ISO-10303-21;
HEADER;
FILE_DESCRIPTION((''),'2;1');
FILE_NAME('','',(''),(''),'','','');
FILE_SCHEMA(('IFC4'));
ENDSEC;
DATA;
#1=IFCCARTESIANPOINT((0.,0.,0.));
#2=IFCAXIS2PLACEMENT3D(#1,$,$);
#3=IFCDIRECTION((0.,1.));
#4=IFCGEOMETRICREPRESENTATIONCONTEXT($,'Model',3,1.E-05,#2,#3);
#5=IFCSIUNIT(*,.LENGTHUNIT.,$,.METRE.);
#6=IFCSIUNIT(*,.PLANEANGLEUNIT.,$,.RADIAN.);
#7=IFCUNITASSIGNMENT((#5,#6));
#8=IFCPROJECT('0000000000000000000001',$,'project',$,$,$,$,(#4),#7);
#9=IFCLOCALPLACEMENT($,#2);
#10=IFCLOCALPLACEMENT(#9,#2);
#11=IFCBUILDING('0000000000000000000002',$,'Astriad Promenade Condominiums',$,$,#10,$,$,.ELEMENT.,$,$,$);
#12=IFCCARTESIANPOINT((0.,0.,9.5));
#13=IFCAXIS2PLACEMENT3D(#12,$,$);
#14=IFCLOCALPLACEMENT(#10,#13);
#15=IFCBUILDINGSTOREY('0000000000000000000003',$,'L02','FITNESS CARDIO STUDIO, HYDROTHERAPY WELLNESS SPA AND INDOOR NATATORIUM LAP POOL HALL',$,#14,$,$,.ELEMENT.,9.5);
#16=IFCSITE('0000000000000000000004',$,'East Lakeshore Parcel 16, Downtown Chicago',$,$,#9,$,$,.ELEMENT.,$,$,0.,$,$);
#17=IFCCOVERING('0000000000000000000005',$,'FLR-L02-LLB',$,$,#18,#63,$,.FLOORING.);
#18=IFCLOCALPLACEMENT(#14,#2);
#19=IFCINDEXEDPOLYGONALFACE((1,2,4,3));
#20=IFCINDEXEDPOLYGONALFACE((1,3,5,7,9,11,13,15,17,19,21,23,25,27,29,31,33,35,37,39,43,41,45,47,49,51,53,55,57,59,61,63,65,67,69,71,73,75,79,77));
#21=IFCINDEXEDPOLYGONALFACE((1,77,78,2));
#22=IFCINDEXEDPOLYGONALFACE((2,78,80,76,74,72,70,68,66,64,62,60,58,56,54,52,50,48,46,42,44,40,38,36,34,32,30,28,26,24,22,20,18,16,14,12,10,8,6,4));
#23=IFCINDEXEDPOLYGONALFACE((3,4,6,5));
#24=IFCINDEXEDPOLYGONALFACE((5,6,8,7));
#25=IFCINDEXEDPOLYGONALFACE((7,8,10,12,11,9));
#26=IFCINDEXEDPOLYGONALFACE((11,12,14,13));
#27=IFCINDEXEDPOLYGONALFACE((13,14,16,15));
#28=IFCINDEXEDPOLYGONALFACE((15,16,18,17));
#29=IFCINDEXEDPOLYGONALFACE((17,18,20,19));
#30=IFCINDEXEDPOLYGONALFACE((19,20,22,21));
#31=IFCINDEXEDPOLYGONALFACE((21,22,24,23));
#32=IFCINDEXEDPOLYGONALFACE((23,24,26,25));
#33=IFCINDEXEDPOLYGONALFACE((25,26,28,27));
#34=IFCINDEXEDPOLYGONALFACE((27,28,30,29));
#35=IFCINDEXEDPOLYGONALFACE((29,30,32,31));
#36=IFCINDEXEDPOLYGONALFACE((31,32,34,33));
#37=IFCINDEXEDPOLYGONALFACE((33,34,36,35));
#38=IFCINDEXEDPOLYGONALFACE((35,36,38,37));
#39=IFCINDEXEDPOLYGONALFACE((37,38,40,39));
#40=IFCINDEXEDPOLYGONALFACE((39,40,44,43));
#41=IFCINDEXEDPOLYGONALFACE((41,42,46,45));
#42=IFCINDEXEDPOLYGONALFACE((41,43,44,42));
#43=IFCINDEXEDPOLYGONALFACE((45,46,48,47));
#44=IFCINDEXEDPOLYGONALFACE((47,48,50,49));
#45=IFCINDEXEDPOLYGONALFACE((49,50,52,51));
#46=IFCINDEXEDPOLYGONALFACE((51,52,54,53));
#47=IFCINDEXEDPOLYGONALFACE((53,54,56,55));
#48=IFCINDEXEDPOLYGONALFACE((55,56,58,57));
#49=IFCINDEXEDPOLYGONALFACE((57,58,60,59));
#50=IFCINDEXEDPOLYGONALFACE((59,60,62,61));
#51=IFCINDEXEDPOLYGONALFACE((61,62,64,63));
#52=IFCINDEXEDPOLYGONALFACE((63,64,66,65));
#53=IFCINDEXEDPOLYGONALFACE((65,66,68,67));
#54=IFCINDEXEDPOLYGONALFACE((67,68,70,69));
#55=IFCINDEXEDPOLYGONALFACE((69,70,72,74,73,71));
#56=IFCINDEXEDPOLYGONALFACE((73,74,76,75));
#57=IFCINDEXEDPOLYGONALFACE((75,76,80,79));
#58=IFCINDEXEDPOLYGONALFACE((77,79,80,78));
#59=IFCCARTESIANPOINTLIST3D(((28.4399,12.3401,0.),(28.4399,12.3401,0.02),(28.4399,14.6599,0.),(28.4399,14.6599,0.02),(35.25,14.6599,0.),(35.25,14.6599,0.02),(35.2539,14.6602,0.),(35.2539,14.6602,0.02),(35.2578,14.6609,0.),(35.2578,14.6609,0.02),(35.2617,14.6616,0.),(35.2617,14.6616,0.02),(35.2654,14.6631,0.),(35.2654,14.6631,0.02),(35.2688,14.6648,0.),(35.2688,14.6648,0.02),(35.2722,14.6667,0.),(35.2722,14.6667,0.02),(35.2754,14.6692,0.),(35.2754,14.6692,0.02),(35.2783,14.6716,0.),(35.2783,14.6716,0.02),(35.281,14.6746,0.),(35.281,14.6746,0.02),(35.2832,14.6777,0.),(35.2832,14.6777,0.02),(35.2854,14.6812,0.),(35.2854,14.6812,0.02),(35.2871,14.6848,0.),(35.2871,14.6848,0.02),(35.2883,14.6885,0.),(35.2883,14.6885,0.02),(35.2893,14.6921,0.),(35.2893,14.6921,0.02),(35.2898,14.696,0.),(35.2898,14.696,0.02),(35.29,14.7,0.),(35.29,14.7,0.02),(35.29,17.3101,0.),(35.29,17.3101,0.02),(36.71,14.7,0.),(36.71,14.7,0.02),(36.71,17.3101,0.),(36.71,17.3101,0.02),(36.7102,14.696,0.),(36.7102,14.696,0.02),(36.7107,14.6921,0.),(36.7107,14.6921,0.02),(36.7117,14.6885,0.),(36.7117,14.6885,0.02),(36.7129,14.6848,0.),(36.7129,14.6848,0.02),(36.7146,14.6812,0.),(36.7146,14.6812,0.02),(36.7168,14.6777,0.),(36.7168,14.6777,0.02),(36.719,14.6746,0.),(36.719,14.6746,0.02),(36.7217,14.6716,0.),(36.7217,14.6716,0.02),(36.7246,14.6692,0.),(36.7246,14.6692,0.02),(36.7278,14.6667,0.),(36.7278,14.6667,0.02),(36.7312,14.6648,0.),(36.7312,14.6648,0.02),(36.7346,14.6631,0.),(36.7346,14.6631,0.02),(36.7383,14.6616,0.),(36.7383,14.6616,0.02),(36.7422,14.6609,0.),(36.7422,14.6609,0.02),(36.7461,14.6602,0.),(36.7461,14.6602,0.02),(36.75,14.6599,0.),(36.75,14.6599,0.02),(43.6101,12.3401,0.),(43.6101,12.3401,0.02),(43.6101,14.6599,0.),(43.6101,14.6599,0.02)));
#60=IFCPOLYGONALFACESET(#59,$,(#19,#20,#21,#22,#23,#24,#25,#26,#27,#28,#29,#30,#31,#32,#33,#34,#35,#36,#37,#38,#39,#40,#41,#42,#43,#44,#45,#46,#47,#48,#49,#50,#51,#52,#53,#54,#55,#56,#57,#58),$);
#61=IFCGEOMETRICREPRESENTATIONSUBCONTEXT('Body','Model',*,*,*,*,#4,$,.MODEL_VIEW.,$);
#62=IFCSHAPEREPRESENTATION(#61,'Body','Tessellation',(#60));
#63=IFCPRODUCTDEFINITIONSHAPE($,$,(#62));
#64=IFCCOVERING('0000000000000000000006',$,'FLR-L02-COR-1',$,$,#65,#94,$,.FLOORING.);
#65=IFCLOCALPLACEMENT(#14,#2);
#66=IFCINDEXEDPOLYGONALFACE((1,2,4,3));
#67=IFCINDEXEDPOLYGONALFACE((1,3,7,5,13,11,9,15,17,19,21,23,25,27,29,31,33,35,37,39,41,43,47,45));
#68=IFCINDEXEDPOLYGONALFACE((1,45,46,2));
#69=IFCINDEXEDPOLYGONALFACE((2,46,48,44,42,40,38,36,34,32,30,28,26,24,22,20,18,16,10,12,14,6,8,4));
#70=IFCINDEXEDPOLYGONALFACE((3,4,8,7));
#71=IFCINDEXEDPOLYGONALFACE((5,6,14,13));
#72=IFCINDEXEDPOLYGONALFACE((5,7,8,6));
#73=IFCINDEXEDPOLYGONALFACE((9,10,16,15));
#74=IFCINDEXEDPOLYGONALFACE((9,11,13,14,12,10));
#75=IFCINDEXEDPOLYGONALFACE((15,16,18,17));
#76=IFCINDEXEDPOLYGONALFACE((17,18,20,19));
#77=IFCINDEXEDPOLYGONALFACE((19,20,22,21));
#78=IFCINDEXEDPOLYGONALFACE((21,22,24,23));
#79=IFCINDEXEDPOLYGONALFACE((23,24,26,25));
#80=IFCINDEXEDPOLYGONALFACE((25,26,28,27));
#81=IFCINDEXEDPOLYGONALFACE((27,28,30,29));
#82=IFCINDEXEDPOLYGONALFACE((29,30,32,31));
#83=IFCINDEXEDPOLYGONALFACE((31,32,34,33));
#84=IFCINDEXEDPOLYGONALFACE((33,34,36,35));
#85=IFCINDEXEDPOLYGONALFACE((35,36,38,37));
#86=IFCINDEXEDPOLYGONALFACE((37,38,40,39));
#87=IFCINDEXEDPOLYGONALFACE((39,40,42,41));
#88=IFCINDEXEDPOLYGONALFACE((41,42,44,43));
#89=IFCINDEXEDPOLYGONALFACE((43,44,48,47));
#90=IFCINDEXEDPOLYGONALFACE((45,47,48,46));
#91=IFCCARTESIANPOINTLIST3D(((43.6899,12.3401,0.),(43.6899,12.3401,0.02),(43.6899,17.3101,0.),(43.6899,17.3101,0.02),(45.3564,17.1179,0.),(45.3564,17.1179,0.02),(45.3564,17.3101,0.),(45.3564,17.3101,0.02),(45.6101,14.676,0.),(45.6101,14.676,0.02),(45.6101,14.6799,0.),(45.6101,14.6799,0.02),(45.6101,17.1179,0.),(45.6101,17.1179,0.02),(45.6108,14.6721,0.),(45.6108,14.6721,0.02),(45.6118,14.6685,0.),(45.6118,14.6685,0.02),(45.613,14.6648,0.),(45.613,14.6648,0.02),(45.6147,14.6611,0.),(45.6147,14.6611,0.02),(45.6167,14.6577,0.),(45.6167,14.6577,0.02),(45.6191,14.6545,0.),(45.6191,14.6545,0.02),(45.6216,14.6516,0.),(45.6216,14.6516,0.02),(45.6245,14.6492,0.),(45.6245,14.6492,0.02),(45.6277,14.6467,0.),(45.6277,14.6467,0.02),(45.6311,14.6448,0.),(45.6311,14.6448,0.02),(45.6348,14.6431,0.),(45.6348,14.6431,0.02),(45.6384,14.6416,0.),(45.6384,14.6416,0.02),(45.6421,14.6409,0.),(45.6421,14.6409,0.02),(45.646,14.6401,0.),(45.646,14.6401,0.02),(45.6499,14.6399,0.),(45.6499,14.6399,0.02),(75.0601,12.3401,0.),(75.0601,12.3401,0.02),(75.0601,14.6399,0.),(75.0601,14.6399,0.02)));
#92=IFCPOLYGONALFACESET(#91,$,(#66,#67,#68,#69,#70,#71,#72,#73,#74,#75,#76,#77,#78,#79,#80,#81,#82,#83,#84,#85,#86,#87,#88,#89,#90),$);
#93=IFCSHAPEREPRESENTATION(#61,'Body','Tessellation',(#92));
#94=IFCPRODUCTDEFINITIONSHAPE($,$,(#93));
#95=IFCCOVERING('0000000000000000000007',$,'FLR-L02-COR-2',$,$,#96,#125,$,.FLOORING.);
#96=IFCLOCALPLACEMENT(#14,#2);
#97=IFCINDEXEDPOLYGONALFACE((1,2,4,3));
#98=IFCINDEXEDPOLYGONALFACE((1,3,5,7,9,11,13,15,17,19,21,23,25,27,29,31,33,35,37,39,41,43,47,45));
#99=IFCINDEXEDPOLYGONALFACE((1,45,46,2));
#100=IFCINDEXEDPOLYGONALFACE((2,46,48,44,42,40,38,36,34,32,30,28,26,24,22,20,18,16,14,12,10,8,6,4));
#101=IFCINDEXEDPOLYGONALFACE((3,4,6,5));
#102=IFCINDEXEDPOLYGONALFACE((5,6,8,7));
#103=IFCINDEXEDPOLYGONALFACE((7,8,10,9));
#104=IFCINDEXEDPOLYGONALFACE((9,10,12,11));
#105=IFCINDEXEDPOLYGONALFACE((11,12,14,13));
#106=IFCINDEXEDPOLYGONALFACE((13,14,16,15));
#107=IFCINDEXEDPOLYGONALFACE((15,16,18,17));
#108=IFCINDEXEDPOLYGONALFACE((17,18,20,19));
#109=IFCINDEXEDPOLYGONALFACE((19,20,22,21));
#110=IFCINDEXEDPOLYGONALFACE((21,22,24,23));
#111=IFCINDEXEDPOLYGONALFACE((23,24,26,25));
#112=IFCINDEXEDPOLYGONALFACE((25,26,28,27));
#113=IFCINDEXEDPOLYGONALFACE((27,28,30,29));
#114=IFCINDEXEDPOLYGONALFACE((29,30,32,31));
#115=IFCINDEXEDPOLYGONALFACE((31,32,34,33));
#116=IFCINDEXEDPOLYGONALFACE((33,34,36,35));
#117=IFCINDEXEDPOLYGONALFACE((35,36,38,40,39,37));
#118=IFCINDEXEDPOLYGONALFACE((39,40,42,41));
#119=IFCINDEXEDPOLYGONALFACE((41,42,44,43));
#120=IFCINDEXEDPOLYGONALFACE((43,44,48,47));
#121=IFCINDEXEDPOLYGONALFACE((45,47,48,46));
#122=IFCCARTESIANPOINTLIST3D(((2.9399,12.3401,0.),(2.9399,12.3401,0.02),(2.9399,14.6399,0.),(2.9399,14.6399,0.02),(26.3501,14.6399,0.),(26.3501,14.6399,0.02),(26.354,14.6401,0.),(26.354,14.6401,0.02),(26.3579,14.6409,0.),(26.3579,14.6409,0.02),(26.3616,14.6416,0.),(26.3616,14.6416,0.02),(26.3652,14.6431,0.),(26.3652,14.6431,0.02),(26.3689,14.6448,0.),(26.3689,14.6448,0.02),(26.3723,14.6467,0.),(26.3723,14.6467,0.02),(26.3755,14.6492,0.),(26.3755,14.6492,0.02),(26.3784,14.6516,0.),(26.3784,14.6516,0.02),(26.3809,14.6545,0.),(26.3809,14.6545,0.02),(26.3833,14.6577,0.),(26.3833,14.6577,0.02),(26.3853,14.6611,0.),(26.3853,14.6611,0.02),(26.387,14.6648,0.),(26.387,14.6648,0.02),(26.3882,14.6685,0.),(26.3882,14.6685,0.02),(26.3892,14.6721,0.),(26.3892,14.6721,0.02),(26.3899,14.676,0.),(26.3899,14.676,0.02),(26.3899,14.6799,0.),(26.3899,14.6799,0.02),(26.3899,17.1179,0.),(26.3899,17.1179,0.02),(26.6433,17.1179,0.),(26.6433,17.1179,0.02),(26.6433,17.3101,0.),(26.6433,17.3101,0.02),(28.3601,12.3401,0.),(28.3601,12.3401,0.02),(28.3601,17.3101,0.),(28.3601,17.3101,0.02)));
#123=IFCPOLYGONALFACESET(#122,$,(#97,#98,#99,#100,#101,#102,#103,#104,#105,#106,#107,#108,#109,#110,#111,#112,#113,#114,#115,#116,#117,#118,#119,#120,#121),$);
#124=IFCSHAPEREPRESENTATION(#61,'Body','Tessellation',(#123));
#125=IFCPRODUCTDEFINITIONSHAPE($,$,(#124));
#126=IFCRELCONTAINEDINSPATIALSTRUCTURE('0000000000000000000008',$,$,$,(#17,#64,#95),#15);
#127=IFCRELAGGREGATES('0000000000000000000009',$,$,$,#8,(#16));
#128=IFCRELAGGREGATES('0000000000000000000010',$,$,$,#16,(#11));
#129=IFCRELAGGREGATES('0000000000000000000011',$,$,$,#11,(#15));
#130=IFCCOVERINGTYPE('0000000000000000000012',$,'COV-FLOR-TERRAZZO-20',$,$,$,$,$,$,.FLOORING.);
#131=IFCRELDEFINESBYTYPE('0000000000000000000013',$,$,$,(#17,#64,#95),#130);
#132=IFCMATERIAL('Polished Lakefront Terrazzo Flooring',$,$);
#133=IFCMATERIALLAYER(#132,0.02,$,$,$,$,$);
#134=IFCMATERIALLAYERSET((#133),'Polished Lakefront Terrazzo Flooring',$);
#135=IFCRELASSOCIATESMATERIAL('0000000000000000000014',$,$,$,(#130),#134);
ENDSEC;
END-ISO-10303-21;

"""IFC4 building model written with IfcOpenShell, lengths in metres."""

from ifc_helpers import new_model, si_unit, direction, frame, origin, place, context, subcontext, project, spatial, polyline, outline, extrude, material, layer, layer_set, type_object, element, save


model = new_model("IFC4")

# Units and contexts
model_context = context("Model", 3, precision=1e-05, world=origin(), true_north=direction((0.0, 1.0)))
body_context = subcontext(model_context, "Body", "Model", "MODEL_VIEW")
ifc_project = project(units=[si_unit("LENGTHUNIT", "METRE"), si_unit("PLANEANGLEUNIT", "RADIAN")], contexts=[model_context])

# Site, building, storey
site_placement = place(None, origin())
site = spatial("IfcSite", under=ifc_project, at=site_placement, Name="East Lakeshore Parcel 16, Downtown Chicago", CompositionType="ELEMENT", RefElevation=0.0)
building_placement = place(site_placement, origin())
building = spatial("IfcBuilding", under=site, at=building_placement, Name="Astriad Promenade Condominiums", CompositionType="ELEMENT")
storey_placement = place(building_placement, frame((0.0, 0.0, 9.5)))
storey = spatial("IfcBuildingStorey", under=building, at=storey_placement, Name="L02", Description="FITNESS CARDIO STUDIO, HYDROTHERAPY WELLNESS SPA AND INDOOR NATATORIUM LAP POOL HALL", CompositionType="ELEMENT", Elevation=9.5)

# Coverings
ifc_material_1 = material(Name="Polished Lakefront Terrazzo Flooring")
ifc_layer_1 = layer(ifc_material_1, 0.02)
ifc_layer_set_1 = layer_set([ifc_layer_1], Name="Polished Lakefront Terrazzo Flooring")
covering_type_1 = type_object("IfcCoveringType", Name="COV-FLOR-TERRAZZO-20", PredefinedType="FLOORING", material=ifc_layer_set_1)
covering_1_placement = place(storey_placement, origin())
element("IfcCovering", 1, at=covering_1_placement, inside=storey, type_object=covering_type_1, Name="FLR-L02-LLB", PredefinedType="FLOORING", context=body_context, shape_type="SweptSolid", body=[
    extrude(outline(polyline([(43.6101, 14.6599), (43.6101, 12.3401), (28.4399, 12.3401), (28.4399, 14.6599), (35.25, 14.6599), (35.2539, 14.6602), (35.2578, 14.6609), (35.2617, 14.6616), (35.2654, 14.6631), (35.2688, 14.6648), (35.2722, 14.6667), (35.2754, 14.6692), (35.2783, 14.6716), (35.281, 14.6746), (35.2832, 14.6777), (35.2854, 14.6812), (35.2871, 14.6848), (35.2883, 14.6885), (35.2893, 14.6921), (35.2898, 14.696), (35.29, 14.7), (35.29, 17.3101), (36.71, 17.3101), (36.71, 14.7), (36.7102, 14.696), (36.7107, 14.6921), (36.7117, 14.6885), (36.7129, 14.6848), (36.7146, 14.6812), (36.7168, 14.6777), (36.719, 14.6746), (36.7217, 14.6716), (36.7246, 14.6692), (36.7278, 14.6667), (36.7312, 14.6648), (36.7346, 14.6631), (36.7383, 14.6616), (36.7422, 14.6609), (36.7461, 14.6602), (36.75, 14.6599), (43.6101, 14.6599)])), origin(), (0.0, 0.0, 1.0), 0.02),
])
covering_2_placement = place(storey_placement, origin())
element("IfcCovering", 2, at=covering_2_placement, inside=storey, type_object=covering_type_1, Name="FLR-L02-COR-1", PredefinedType="FLOORING", context=body_context, shape_type="SweptSolid", body=[
    extrude(outline(polyline([(43.6899, 12.3401), (43.6899, 17.3101), (45.3564, 17.3101), (45.3564, 17.1179), (45.6101, 17.1179), (45.6101, 14.6799), (45.6101, 14.676), (45.6108, 14.6721), (45.6118, 14.6685), (45.613, 14.6648), (45.6147, 14.6611), (45.6167, 14.6577), (45.6191, 14.6545), (45.6216, 14.6516), (45.6245, 14.6492), (45.6277, 14.6467), (45.6311, 14.6448), (45.6348, 14.6431), (45.6384, 14.6416), (45.6421, 14.6409), (45.646, 14.6401), (45.6499, 14.6399), (75.0601, 14.6399), (75.0601, 12.3401), (43.6899, 12.3401)])), origin(), (0.0, 0.0, 1.0), 0.02),
])
covering_3_placement = place(storey_placement, origin())
element("IfcCovering", 3, at=covering_3_placement, inside=storey, type_object=covering_type_1, Name="FLR-L02-COR-2", PredefinedType="FLOORING", context=body_context, shape_type="SweptSolid", body=[
    extrude(outline(polyline([(2.9399, 12.3401), (2.9399, 14.6399), (26.3501, 14.6399), (26.354, 14.6401), (26.3579, 14.6409), (26.3616, 14.6416), (26.3652, 14.6431), (26.3689, 14.6448), (26.3723, 14.6467), (26.3755, 14.6492), (26.3784, 14.6516), (26.3809, 14.6545), (26.3833, 14.6577), (26.3853, 14.6611), (26.387, 14.6648), (26.3882, 14.6685), (26.3892, 14.6721), (26.3899, 14.676), (26.3899, 14.6799), (26.3899, 17.1179), (26.6433, 17.1179), (26.6433, 17.3101), (28.3601, 17.3101), (28.3601, 12.3401), (2.9399, 12.3401)])), origin(), (0.0, 0.0, 1.0), 0.02),
])

save(model, "model.ifc")
